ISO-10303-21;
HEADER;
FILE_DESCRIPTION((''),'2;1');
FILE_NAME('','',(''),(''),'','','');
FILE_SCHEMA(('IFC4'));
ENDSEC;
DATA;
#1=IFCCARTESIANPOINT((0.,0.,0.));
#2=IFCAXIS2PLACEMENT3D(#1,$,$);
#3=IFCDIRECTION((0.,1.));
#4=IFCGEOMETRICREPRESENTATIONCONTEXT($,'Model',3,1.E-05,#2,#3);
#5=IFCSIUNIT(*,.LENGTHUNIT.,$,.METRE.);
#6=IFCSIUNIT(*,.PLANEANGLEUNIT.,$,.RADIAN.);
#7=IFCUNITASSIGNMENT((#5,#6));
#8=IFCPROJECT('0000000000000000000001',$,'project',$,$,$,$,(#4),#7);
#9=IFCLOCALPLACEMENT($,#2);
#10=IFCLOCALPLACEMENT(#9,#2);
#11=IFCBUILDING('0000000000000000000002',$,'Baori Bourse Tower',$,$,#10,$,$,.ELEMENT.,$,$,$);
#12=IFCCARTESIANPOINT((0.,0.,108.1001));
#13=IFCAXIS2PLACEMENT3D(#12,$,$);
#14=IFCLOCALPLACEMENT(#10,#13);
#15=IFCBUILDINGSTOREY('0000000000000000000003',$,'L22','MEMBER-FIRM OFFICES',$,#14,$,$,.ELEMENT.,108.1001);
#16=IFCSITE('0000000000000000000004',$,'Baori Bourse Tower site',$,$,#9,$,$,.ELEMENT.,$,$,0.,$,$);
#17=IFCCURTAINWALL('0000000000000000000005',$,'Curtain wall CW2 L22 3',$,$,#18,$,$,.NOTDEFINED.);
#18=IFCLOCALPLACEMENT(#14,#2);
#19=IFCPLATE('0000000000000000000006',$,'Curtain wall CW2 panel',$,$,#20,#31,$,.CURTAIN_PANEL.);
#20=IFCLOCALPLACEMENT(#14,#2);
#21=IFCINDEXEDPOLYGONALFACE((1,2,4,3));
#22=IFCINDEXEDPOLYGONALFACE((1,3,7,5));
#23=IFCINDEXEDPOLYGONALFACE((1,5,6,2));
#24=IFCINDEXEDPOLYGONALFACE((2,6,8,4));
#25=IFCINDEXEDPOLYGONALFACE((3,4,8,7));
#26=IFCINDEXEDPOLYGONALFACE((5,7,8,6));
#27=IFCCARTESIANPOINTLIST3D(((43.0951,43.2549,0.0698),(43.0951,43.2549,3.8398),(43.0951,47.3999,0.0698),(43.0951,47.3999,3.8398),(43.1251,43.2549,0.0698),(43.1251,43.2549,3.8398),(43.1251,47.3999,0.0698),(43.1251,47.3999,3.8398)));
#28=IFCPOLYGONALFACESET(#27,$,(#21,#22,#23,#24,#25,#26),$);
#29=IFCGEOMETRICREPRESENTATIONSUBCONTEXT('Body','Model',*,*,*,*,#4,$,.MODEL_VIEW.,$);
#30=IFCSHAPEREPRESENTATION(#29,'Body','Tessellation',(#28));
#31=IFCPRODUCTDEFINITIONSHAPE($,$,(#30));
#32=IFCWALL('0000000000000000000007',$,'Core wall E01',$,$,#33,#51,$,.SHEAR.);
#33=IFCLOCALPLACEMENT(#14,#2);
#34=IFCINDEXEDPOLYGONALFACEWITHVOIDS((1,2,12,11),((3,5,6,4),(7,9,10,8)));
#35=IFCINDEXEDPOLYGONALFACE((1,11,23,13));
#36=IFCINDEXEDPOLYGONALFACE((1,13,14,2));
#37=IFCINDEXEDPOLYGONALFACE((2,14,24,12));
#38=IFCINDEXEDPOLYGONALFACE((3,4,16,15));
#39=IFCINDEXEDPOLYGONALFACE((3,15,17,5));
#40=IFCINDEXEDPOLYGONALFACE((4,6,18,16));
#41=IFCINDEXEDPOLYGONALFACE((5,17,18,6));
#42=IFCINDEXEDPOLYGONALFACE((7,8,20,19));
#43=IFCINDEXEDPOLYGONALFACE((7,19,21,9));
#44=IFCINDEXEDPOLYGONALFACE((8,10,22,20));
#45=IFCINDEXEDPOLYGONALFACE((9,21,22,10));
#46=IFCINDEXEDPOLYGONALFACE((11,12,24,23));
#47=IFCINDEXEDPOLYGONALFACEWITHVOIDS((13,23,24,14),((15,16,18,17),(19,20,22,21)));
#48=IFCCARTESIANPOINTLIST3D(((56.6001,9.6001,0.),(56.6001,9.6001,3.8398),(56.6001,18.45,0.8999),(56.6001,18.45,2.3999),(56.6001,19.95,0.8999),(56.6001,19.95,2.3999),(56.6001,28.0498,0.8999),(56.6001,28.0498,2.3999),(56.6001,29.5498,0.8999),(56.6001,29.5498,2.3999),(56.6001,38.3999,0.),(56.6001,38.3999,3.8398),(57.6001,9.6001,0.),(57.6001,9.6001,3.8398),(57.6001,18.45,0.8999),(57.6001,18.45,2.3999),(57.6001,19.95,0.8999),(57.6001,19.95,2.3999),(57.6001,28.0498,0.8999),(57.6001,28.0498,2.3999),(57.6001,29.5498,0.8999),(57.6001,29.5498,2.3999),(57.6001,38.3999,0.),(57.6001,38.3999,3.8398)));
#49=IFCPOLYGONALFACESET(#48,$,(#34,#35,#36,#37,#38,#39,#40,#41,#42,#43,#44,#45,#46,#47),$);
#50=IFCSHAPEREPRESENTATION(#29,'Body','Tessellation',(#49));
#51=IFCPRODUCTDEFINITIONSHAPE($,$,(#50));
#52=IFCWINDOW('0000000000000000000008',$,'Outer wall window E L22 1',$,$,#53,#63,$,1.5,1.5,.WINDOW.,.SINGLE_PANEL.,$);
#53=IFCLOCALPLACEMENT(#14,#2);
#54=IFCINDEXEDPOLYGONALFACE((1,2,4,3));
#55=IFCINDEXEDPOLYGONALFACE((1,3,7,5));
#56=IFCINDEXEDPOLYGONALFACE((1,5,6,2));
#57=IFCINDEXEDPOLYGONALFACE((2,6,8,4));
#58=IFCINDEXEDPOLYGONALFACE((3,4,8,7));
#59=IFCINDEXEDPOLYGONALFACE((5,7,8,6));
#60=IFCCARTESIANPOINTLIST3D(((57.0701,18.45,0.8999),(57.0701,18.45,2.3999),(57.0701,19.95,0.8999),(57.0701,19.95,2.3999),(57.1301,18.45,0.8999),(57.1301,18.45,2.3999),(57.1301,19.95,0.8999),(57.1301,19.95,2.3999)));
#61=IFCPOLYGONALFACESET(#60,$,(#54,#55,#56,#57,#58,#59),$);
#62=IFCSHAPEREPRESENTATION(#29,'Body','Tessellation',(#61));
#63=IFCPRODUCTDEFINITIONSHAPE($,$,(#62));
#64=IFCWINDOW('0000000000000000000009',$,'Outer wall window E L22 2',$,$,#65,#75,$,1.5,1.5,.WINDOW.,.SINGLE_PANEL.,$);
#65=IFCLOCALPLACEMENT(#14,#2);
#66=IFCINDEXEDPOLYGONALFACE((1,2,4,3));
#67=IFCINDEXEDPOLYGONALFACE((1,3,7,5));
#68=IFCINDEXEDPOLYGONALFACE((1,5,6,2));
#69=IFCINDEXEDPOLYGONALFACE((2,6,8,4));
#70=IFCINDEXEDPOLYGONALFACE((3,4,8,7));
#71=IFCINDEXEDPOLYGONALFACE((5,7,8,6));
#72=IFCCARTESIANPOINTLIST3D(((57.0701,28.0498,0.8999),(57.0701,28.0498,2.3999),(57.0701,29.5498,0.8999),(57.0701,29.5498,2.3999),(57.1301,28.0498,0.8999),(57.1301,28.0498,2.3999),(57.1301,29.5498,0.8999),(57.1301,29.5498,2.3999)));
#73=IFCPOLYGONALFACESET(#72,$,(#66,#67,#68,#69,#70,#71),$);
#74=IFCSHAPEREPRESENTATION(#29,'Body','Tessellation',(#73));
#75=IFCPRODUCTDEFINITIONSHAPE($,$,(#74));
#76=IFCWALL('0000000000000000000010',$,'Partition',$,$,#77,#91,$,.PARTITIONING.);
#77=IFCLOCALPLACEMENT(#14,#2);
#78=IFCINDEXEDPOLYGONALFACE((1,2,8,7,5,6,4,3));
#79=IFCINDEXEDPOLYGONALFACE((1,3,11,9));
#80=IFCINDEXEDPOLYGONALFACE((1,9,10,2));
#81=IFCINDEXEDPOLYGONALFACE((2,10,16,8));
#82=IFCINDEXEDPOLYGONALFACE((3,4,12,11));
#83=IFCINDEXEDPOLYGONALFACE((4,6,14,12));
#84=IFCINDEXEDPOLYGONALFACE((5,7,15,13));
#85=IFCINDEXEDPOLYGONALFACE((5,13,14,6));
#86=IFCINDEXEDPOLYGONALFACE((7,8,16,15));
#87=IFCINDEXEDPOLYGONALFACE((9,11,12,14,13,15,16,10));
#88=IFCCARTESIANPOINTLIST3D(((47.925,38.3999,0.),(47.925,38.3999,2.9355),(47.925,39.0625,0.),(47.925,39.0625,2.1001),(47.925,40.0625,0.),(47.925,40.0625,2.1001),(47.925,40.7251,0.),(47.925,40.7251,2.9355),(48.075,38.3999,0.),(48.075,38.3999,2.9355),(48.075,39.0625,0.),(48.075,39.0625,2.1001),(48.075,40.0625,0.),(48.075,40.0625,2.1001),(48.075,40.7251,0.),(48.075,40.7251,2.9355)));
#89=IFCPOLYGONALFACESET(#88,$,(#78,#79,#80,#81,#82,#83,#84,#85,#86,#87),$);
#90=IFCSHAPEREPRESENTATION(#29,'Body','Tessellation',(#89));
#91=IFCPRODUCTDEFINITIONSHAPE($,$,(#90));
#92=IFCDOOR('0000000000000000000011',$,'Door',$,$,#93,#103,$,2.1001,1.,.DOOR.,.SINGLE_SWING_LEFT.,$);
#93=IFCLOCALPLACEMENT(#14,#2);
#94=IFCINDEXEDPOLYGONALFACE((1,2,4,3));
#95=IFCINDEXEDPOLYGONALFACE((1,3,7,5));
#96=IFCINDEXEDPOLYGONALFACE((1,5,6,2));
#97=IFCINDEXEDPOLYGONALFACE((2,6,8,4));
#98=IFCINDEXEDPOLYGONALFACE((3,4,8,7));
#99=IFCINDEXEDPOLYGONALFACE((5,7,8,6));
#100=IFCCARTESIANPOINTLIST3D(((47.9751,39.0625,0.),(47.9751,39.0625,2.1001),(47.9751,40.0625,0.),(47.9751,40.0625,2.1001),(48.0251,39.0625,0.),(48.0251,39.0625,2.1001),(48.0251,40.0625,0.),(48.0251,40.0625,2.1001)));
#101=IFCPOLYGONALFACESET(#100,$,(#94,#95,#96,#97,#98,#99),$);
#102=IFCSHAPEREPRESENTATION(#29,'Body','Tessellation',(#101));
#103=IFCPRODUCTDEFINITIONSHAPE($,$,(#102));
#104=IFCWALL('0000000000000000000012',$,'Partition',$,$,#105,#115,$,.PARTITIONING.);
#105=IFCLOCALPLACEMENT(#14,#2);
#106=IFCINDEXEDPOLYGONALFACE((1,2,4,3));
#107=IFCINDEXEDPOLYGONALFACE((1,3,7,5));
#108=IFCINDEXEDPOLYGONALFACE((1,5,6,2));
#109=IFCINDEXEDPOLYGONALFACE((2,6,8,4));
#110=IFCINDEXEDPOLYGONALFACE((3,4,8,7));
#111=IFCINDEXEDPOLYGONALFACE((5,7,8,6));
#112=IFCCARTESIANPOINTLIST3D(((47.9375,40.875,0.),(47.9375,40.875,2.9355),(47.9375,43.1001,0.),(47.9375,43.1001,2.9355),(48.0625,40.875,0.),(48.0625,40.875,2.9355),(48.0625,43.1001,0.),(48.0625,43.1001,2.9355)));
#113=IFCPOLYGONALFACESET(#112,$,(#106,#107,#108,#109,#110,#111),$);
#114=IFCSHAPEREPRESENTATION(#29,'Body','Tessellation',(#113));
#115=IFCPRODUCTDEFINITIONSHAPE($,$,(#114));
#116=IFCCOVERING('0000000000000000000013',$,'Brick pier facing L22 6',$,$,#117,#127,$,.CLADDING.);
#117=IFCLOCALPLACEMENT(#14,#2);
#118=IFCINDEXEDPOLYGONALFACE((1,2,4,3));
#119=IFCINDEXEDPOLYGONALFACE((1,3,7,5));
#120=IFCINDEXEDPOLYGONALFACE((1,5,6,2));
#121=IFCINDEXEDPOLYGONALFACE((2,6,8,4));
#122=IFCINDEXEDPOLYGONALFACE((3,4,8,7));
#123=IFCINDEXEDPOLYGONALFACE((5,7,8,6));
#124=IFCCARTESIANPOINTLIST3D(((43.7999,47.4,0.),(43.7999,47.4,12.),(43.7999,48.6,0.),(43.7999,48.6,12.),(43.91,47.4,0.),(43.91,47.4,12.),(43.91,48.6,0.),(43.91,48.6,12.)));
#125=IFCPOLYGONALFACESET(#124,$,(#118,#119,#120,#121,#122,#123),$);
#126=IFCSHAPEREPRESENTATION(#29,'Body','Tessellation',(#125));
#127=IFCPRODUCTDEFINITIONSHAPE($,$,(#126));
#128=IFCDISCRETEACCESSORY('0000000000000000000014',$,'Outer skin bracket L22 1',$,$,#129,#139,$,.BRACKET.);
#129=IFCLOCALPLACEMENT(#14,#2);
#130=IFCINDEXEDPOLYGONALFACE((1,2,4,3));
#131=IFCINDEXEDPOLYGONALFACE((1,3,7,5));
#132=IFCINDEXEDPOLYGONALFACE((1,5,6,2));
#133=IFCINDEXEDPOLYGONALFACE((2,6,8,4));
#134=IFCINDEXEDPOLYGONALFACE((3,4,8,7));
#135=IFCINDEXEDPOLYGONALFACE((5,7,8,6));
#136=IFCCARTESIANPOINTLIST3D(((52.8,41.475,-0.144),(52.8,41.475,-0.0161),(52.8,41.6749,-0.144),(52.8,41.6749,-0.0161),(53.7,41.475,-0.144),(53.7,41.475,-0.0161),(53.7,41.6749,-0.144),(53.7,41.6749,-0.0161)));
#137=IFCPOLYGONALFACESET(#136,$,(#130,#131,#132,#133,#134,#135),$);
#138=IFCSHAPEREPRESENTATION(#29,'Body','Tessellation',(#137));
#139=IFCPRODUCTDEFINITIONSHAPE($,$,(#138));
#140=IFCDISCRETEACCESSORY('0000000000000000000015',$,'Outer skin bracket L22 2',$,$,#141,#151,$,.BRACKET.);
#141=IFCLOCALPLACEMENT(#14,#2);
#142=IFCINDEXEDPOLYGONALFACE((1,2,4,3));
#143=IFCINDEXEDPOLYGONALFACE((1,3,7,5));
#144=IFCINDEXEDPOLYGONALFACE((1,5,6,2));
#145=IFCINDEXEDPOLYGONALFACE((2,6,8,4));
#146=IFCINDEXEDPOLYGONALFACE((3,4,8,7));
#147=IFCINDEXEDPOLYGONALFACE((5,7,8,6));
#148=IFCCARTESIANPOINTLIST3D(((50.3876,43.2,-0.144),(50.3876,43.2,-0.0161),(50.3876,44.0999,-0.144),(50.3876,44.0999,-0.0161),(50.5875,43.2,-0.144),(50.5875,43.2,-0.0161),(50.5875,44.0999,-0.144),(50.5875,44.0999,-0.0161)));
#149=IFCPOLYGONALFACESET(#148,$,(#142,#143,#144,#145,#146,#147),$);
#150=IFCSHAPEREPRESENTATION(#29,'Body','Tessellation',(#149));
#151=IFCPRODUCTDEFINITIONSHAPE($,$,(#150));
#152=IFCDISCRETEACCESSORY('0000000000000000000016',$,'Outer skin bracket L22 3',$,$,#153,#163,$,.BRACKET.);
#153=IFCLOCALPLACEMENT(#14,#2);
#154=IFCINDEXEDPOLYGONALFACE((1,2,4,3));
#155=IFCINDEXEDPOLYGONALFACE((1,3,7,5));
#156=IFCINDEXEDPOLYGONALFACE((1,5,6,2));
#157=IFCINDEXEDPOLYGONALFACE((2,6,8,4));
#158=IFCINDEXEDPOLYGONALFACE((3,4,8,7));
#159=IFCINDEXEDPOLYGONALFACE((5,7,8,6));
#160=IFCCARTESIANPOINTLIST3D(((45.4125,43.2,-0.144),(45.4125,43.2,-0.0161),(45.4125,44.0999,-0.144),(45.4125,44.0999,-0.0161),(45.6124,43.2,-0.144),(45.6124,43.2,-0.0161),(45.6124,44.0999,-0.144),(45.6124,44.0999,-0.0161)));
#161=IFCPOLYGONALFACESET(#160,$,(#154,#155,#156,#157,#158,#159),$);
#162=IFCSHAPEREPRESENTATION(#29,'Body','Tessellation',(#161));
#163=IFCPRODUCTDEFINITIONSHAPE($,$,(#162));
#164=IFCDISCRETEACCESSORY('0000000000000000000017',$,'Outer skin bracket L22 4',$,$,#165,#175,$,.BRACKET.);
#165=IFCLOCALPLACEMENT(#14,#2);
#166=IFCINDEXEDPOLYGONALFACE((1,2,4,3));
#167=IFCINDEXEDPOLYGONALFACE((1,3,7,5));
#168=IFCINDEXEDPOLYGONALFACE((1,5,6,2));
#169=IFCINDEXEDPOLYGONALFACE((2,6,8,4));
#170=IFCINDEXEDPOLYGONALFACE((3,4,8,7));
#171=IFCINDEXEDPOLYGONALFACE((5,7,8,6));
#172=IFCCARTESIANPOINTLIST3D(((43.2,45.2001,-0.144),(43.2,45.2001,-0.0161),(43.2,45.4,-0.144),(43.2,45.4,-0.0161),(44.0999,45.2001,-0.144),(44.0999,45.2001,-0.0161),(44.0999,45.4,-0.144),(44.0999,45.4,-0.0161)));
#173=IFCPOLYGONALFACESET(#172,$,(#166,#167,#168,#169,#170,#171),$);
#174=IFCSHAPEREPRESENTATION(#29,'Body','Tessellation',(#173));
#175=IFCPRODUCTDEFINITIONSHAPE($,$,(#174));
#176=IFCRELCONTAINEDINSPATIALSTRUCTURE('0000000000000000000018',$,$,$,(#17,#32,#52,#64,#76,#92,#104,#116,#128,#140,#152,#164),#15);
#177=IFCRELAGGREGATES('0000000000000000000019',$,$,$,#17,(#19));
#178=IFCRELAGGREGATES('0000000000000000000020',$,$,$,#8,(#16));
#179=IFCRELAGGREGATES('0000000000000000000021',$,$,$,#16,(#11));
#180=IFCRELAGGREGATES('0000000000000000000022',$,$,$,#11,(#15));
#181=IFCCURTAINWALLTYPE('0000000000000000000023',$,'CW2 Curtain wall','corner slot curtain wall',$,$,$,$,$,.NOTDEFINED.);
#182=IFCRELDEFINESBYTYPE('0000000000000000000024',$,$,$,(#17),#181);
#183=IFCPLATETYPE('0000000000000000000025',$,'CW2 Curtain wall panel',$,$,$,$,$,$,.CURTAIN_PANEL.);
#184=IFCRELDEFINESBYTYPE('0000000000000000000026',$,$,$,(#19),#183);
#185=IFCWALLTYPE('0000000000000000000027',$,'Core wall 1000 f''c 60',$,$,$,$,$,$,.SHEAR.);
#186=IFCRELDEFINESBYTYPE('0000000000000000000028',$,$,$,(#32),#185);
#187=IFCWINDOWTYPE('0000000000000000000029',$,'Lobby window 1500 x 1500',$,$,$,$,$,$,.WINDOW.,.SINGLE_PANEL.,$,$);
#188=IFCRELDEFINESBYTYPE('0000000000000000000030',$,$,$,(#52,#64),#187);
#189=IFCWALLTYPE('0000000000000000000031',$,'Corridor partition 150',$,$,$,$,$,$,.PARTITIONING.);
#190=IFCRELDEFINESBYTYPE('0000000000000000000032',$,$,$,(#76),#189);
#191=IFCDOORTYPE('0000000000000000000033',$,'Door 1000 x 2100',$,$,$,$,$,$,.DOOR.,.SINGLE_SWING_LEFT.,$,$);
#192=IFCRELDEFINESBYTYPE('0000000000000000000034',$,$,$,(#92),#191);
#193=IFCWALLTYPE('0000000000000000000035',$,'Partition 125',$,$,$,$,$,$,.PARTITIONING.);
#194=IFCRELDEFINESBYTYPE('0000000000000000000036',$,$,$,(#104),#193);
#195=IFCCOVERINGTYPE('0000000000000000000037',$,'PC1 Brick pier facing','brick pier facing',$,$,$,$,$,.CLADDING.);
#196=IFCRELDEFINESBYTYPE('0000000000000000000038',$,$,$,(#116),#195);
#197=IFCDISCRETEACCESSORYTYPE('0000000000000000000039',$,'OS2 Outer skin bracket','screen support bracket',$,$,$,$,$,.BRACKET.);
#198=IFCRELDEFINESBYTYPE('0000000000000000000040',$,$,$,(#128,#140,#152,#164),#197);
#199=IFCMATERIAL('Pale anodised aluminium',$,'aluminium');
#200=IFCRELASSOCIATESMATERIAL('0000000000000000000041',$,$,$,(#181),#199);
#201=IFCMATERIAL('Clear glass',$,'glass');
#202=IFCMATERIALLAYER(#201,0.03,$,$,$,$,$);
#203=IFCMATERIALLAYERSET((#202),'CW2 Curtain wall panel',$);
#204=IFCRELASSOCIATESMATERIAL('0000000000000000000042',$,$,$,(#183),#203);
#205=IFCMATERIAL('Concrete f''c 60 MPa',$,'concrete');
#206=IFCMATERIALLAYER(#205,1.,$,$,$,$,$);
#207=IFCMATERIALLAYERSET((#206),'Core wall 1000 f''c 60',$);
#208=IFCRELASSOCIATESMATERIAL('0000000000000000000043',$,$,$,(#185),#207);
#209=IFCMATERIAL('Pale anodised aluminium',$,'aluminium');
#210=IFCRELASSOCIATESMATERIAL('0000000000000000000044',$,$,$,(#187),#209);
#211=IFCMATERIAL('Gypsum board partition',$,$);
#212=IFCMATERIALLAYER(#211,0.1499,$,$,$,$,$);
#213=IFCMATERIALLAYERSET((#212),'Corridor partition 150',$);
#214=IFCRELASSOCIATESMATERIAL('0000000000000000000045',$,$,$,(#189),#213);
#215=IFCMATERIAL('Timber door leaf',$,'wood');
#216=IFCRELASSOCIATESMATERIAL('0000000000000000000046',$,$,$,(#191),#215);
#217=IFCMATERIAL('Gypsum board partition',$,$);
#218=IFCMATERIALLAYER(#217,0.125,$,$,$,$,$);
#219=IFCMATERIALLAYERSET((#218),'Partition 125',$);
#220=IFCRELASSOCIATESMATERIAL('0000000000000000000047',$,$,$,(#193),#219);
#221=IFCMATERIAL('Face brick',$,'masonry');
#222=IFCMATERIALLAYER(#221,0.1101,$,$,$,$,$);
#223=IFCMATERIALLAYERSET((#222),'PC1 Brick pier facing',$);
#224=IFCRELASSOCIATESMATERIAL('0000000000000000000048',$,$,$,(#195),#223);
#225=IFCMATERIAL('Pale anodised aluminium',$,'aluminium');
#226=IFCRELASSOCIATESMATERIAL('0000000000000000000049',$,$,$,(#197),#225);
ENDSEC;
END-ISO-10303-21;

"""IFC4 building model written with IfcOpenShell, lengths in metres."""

from ifc_helpers import new_model, si_unit, direction, frame, frame_2d, origin, origin_2d, place, context, subcontext, project, spatial, rectangle, extrude, material, layer, layer_set, type_object, element, fill, aggregate, save


model = new_model("IFC4")

# Units and contexts
model_context = context("Model", 3, precision=1e-05, world=origin(), true_north=direction((0.0, 1.0)))
body_context = subcontext(model_context, "Body", "Model", "MODEL_VIEW")
ifc_project = project(units=[si_unit("LENGTHUNIT", "METRE"), si_unit("PLANEANGLEUNIT", "RADIAN")], contexts=[model_context])

# Site, building, storey
site_placement = place(None, origin())
site = spatial("IfcSite", under=ifc_project, at=site_placement, Name="Baori Bourse Tower site", CompositionType="ELEMENT", RefElevation=0.0)
building_placement = place(site_placement, origin())
building = spatial("IfcBuilding", under=site, at=building_placement, Name="Baori Bourse Tower", CompositionType="ELEMENT")
storey_placement = place(building_placement, frame((0.0, 0.0, 108.1001)))
storey = spatial("IfcBuildingStorey", under=building, at=storey_placement, Name="L22", Description="MEMBER-FIRM OFFICES", CompositionType="ELEMENT", Elevation=108.1001)

# Shared definitions
ifc_material_1 = material(Name="Pale anodised aluminium", Category="aluminium")
curtain_wall_type = type_object("IfcCurtainWallType", Name="CW2 Curtain wall", Description="corner slot curtain wall", PredefinedType="NOTDEFINED", material=ifc_material_1)

# Shared definitions
ifc_material_2 = material(Name="Clear glass", Category="glass")
ifc_layer_1 = layer(ifc_material_2, 0.03)
ifc_layer_set_1 = layer_set([ifc_layer_1], Name="CW2 Curtain wall panel")
plate_type = type_object("IfcPlateType", Name="CW2 Curtain wall panel", PredefinedType="CURTAIN_PANEL", material=ifc_layer_set_1)

# Curtain wall, plate
curtain_wall_1_placement = place(storey_placement, origin())
curtain_wall_1 = element("IfcCurtainWall", 1, at=curtain_wall_1_placement, inside=storey, type_object=curtain_wall_type, Name="Curtain wall CW2 L22 3", PredefinedType="NOTDEFINED")
plate_1_placement = place(storey_placement, frame((43.1101, 45.3274, 0.0698), z_axis=(0.0, 0.0, 1.0), x_axis=(0.0, 1.0, 0.0)))
plate_1 = element("IfcPlate", 2, at=plate_1_placement, type_object=plate_type, Name="Curtain wall CW2 panel", PredefinedType="CURTAIN_PANEL", context=body_context, shape_type="SweptSolid", body=[
    extrude(rectangle(XDim=4.145, YDim=0.03, at=origin_2d()), origin(), (0.0, 0.0, 1.0), 3.77),
])
aggregate(curtain_wall_1, [plate_1])

# Wall, openings, windows
ifc_material_3 = material(Name="Concrete f'c 60 MPa", Category="concrete")
ifc_layer_2 = layer(ifc_material_3, 1.0)
ifc_layer_set_2 = layer_set([ifc_layer_2], Name="Core wall 1000 f'c 60")
wall_type_1 = type_object("IfcWallType", Name="Core wall 1000 f'c 60", PredefinedType="SHEAR", material=ifc_layer_set_2)
wall_1_placement = place(storey_placement, frame((57.1001, 38.3999, 0.0), z_axis=(0.0, 0.0, 1.0), x_axis=(0.0, -1.0, 0.0)))
wall_1 = element("IfcWall", 3, at=wall_1_placement, inside=storey, type_object=wall_type_1, Name="Core wall E01", PredefinedType="SHEAR", context=body_context, shape_type="SweptSolid", body=[
    extrude(rectangle(XDim=28.7998, YDim=1.0, at=frame_2d((14.3999, 0.0))), origin(), (0.0, 0.0, 1.0), 3.8398),
])
opening_1_placement = place(wall_1_placement, frame((18.45, 0.0, 0.8999)))
opening_1 = element("IfcOpeningElement", 4, at=opening_1_placement, cuts=wall_1, PredefinedType="OPENING", context=body_context, shape_type="SweptSolid", body=[
    extrude(rectangle(XDim=1.5, YDim=1.5, at=frame_2d((0.75, 0.75))), frame((0.0, 0.51, 0.0), z_axis=(0.0, -1.0, 0.0), x_axis=(1.0, 0.0, 0.0)), (0.0, 0.0, 1.0), 1.02),
])
opening_2_placement = place(wall_1_placement, frame((8.8501, 0.0, 0.8999)))
opening_2 = element("IfcOpeningElement", 5, at=opening_2_placement, cuts=wall_1, PredefinedType="OPENING", context=body_context, shape_type="SweptSolid", body=[
    extrude(rectangle(XDim=1.5, YDim=1.5, at=frame_2d((0.75, 0.75))), frame((0.0, 0.51, 0.0), z_axis=(0.0, -1.0, 0.0), x_axis=(1.0, 0.0, 0.0)), (0.0, 0.0, 1.0), 1.02),
])
ifc_material_4 = material(Name="Pale anodised aluminium", Category="aluminium")
window_type = type_object("IfcWindowType", Name="Lobby window 1500 x 1500", PartitioningType="SINGLE_PANEL", PredefinedType="WINDOW", material=ifc_material_4)
window_1_placement = place(opening_1_placement, origin())
window_1 = element("IfcWindow", 6, at=window_1_placement, inside=storey, type_object=window_type, Name="Outer wall window E L22 1", OverallHeight=1.5, OverallWidth=1.5, PartitioningType="SINGLE_PANEL", PredefinedType="WINDOW", context=body_context, shape_type="SweptSolid", body=[
    extrude(rectangle(XDim=1.5, YDim=1.5, at=frame_2d((0.75, 0.75))), frame((0.0, 0.03, 0.0), z_axis=(0.0, -1.0, 0.0), x_axis=(1.0, 0.0, 0.0)), (0.0, 0.0, 1.0), 0.0601),
])
fill(opening_1, window_1)
window_2_placement = place(opening_2_placement, origin())
window_2 = element("IfcWindow", 7, at=window_2_placement, inside=storey, type_object=window_type, Name="Outer wall window E L22 2", OverallHeight=1.5, OverallWidth=1.5, PartitioningType="SINGLE_PANEL", PredefinedType="WINDOW", context=body_context, shape_type="SweptSolid", body=[
    extrude(rectangle(XDim=1.5, YDim=1.5, at=frame_2d((0.75, 0.75))), frame((0.0, 0.03, 0.0), z_axis=(0.0, -1.0, 0.0), x_axis=(1.0, 0.0, 0.0)), (0.0, 0.0, 1.0), 0.0601),
])
fill(opening_2, window_2)

# Wall, opening, door
ifc_material_5 = material(Name="Gypsum board partition")
ifc_layer_3 = layer(ifc_material_5, 0.1499)
ifc_layer_set_3 = layer_set([ifc_layer_3], Name="Corridor partition 150")
wall_type_2 = type_object("IfcWallType", Name="Corridor partition 150", PredefinedType="PARTITIONING", material=ifc_layer_set_3)
wall_2_placement = place(storey_placement, frame((48.0, 38.3999, 0.0), z_axis=(0.0, 0.0, 1.0), x_axis=(0.0, 1.0, 0.0)))
wall_2 = element("IfcWall", 8, at=wall_2_placement, inside=storey, type_object=wall_type_2, Name="Partition", PredefinedType="PARTITIONING", context=body_context, shape_type="SweptSolid", body=[
    extrude(rectangle(XDim=2.3252, YDim=0.1499, at=frame_2d((1.1626, 0.0))), origin(), (0.0, 0.0, 1.0), 2.9355),
])
opening_3_placement = place(wall_2_placement, frame((0.6626, 0.0, 0.0)))
opening_3 = element("IfcOpeningElement", 9, at=opening_3_placement, cuts=wall_2, PredefinedType="OPENING", context=body_context, shape_type="SweptSolid", body=[
    extrude(rectangle(XDim=1.0, YDim=2.1001, at=frame_2d((0.5, 1.05))), frame((0.0, 0.085, 0.0), z_axis=(0.0, -1.0, 0.0), x_axis=(1.0, 0.0, 0.0)), (0.0, 0.0, 1.0), 0.1699),
])
ifc_material_6 = material(Name="Timber door leaf", Category="wood")
door_type = type_object("IfcDoorType", Name="Door 1000 x 2100", OperationType="SINGLE_SWING_LEFT", PredefinedType="DOOR", material=ifc_material_6)
door_placement = place(opening_3_placement, origin())
door = element("IfcDoor", 10, at=door_placement, inside=storey, type_object=door_type, Name="Door", OperationType="SINGLE_SWING_LEFT", OverallHeight=2.1001, OverallWidth=1.0, PredefinedType="DOOR", context=body_context, shape_type="SweptSolid", body=[
    extrude(rectangle(XDim=1.0, YDim=2.1001, at=frame_2d((0.5, 1.05))), frame((0.0, 0.0249, 0.0), z_axis=(0.0, -1.0, 0.0), x_axis=(1.0, 0.0, 0.0)), (0.0, 0.0, 1.0), 0.05),
])
fill(opening_3, door)

# Wall
ifc_material_7 = material(Name="Gypsum board partition")
ifc_layer_4 = layer(ifc_material_7, 0.125)
ifc_layer_set_4 = layer_set([ifc_layer_4], Name="Partition 125")
wall_type_3 = type_object("IfcWallType", Name="Partition 125", PredefinedType="PARTITIONING", material=ifc_layer_set_4)
wall_3_placement = place(storey_placement, frame((48.0, 40.875, 0.0), z_axis=(0.0, 0.0, 1.0), x_axis=(0.0, 1.0, 0.0)))
element("IfcWall", 11, at=wall_3_placement, inside=storey, type_object=wall_type_3, Name="Partition", PredefinedType="PARTITIONING", context=body_context, shape_type="SweptSolid", body=[
    extrude(rectangle(XDim=2.2251, YDim=0.125, at=frame_2d((1.1125, 0.0))), origin(), (0.0, 0.0, 1.0), 2.9355),
])

# Covering
ifc_material_8 = material(Name="Face brick", Category="masonry")
ifc_layer_5 = layer(ifc_material_8, 0.1101)
ifc_layer_set_5 = layer_set([ifc_layer_5], Name="PC1 Brick pier facing")
covering_type = type_object("IfcCoveringType", Name="PC1 Brick pier facing", Description="brick pier facing", PredefinedType="CLADDING", material=ifc_layer_set_5)
covering_placement = place(storey_placement, frame((43.855, 48.0, 0.0), z_axis=(0.0, 0.0, 1.0), x_axis=(1.0, 0.0, 0.0)))
element("IfcCovering", 12, at=covering_placement, inside=storey, type_object=covering_type, Name="Brick pier facing L22 6", PredefinedType="CLADDING", context=body_context, shape_type="SweptSolid", body=[
    extrude(rectangle(XDim=0.1101, YDim=1.2, at=origin_2d()), origin(), (0.0, 0.0, 1.0), 12.0),
])

# Discrete accessories
ifc_material_9 = material(Name="Pale anodised aluminium", Category="aluminium")
discrete_accessory_type = type_object("IfcDiscreteAccessoryType", Name="OS2 Outer skin bracket", Description="screen support bracket", PredefinedType="BRACKET", material=ifc_material_9)
for number, where, z_axis, x_axis, name in (
    (13, (53.25, 41.575, -0.144), (0.0, 0.0, 1.0), (0.0, 1.0, 0.0), "Outer skin bracket L22 1"),
    (14, (50.4875, 43.6499, -0.144), (0.0, 0.0, 1.0), (-1.0, 0.0, 0.0), "Outer skin bracket L22 2"),
    (15, (45.5125, 43.6499, -0.144), (0.0, 0.0, 1.0), (-1.0, 0.0, 0.0), "Outer skin bracket L22 3"),
    (16, (43.6499, 45.3, -0.144), (0.0, 0.0, 1.0), (0.0, 1.0, 0.0), "Outer skin bracket L22 4"),
):
    element("IfcDiscreteAccessory", number, at=place(storey_placement, frame(where, z_axis=z_axis, x_axis=x_axis)), inside=storey, type_object=discrete_accessory_type, Name=name, PredefinedType="BRACKET", context=body_context, shape_type="SweptSolid", body=[
        extrude(rectangle(XDim=0.2, YDim=0.8999, at=origin_2d()), origin(), (0.0, 0.0, 1.0), 0.1279),
    ])

save(model, "model.ifc")
